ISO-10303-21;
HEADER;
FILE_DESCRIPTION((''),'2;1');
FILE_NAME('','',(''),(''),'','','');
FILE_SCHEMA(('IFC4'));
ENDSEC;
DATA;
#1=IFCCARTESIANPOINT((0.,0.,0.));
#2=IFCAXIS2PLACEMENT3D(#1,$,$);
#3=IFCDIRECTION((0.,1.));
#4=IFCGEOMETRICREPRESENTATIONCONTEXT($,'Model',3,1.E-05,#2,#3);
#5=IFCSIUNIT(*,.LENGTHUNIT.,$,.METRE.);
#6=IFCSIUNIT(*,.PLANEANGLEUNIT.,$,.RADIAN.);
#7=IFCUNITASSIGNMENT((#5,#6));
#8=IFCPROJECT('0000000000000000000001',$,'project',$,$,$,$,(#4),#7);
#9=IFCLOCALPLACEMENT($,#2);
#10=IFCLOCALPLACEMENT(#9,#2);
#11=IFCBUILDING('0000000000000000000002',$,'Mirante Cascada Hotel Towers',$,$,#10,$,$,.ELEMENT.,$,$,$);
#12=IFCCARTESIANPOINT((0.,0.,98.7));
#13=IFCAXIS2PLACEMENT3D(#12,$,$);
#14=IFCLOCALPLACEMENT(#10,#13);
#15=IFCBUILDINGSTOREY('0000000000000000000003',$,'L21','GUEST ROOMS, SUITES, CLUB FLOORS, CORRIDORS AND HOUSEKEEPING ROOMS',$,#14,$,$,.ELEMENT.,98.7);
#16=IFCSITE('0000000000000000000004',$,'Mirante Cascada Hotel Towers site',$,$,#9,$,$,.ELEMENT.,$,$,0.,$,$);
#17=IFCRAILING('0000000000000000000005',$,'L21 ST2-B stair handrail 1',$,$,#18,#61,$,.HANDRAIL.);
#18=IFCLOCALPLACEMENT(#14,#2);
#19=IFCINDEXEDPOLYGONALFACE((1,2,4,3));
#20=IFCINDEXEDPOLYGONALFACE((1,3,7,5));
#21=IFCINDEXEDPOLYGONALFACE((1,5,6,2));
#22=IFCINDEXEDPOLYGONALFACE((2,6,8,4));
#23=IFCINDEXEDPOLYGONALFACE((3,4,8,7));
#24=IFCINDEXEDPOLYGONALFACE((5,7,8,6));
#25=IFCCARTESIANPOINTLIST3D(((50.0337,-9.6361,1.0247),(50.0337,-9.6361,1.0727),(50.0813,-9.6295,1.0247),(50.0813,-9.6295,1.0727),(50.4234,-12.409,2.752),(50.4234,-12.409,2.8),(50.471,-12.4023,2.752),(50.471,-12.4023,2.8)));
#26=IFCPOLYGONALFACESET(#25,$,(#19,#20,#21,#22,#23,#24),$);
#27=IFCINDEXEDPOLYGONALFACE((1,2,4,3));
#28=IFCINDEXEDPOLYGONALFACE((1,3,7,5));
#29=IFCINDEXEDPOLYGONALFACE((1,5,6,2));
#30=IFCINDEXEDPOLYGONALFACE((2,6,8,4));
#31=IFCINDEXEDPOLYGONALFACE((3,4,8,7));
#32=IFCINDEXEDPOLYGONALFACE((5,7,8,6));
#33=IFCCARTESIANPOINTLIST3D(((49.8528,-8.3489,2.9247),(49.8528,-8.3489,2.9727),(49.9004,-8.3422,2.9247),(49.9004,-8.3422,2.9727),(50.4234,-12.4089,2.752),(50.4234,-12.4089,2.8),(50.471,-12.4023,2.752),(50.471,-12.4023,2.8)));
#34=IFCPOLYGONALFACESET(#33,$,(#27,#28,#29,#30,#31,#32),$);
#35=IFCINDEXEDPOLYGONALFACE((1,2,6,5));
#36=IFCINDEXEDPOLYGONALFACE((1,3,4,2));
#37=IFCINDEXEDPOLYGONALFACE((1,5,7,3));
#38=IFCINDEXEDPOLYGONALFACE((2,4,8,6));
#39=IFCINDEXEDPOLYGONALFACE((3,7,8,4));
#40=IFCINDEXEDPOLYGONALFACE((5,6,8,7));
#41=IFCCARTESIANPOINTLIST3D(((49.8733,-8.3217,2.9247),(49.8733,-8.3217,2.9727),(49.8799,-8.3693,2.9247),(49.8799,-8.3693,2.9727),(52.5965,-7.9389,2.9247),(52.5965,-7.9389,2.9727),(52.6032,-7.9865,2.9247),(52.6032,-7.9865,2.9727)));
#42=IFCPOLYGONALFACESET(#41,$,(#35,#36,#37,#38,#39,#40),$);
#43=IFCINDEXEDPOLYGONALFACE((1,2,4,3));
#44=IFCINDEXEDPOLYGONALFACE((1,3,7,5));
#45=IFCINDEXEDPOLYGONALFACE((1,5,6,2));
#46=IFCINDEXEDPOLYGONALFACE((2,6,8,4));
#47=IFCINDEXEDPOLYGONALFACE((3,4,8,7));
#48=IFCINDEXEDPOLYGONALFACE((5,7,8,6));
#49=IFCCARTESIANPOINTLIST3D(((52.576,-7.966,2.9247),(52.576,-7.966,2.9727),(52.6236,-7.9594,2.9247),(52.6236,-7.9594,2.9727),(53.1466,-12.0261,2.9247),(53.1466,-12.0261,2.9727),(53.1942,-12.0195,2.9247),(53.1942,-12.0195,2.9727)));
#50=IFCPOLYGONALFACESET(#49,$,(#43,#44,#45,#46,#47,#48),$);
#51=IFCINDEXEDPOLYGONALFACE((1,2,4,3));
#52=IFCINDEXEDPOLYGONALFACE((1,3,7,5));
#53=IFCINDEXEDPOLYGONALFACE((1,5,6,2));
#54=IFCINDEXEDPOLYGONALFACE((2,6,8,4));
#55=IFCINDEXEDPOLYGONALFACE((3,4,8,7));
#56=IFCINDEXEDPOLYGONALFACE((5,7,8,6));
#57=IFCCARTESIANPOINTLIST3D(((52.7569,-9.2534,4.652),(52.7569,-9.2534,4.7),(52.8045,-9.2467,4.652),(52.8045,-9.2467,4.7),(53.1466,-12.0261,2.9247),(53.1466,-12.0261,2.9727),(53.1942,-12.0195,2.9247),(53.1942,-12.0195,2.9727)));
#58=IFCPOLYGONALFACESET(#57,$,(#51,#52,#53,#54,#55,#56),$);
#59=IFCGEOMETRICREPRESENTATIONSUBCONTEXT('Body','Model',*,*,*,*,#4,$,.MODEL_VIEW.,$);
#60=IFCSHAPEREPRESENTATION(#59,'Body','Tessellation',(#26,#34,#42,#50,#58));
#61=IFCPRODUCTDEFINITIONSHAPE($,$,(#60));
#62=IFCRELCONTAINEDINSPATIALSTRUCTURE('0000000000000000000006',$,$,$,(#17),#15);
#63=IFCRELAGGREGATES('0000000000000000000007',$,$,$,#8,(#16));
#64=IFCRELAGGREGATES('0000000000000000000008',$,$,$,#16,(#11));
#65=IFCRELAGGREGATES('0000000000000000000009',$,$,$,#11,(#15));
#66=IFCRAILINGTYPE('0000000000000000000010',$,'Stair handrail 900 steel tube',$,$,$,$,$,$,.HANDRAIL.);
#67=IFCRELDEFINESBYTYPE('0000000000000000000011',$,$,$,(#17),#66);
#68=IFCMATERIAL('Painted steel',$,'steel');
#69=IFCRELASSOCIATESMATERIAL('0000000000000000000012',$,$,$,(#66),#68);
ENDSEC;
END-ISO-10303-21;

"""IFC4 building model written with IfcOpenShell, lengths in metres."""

from ifc_helpers import new_model, si_unit, direction, frame, origin, origin_2d, place, context, subcontext, project, spatial, rectangle, extrude, material, type_object, element, save


model = new_model("IFC4")

# Units and contexts
model_context = context("Model", 3, precision=1e-05, world=origin(), true_north=direction((0.0, 1.0)))
body_context = subcontext(model_context, "Body", "Model", "MODEL_VIEW")
ifc_project = project(units=[si_unit("LENGTHUNIT", "METRE"), si_unit("PLANEANGLEUNIT", "RADIAN")], contexts=[model_context])

# Site, building, storey
site_placement = place(None, origin())
site = spatial("IfcSite", under=ifc_project, at=site_placement, Name="Mirante Cascada Hotel Towers site", CompositionType="ELEMENT", RefElevation=0.0)
building_placement = place(site_placement, origin())
building = spatial("IfcBuilding", under=site, at=building_placement, Name="Mirante Cascada Hotel Towers", CompositionType="ELEMENT")
storey_placement = place(building_placement, frame((0.0, 0.0, 98.7)))
storey = spatial("IfcBuildingStorey", under=building, at=storey_placement, Name="L21", Description="GUEST ROOMS, SUITES, CLUB FLOORS, CORRIDORS AND HOUSEKEEPING ROOMS", CompositionType="ELEMENT", Elevation=98.7)

# Railing
ifc_material_1 = material(Name="Painted steel", Category="steel")
railing_type_1 = type_object("IfcRailingType", Name="Stair handrail 900 steel tube", PredefinedType="HANDRAIL", material=ifc_material_1)
railing_1_placement = place(storey_placement, frame((50.0575, -9.6328, 0.1727)))
element("IfcRailing", 1, at=railing_1_placement, inside=storey, type_object=railing_type_1, Name="L21 ST2-B stair handrail 1", PredefinedType="HANDRAIL", context=body_context, shape_type="SweptSolid", body=[
    extrude(rectangle(XDim=0.048, YDim=0.048, at=origin_2d()), frame((0.0, 0.0, 0.876), z_axis=(0.139176, -0.990268, 0.0), x_axis=(0.990268, 0.139176, 0.0)), (0.0, 0.525021, 0.851089), 3.29),
    extrude(rectangle(XDim=0.048, YDim=0.048, at=origin_2d()), frame((0.3897, -2.7728, 2.6033), z_axis=(-0.139171, 0.990268, 0.0), x_axis=(-0.990268, -0.139171, 0.0)), (0.0, 0.042085, 0.999114), 4.1036),
    extrude(rectangle(XDim=0.048, YDim=0.048, at=origin_2d()), frame((-0.1809, 1.2873, 2.776), z_axis=(0.990264, 0.139201, 0.0), x_axis=(-0.139201, 0.990264, 0.0)), (0.0, 0.0, 1.0), 2.75),
    extrude(rectangle(XDim=0.048, YDim=0.048, at=origin_2d()), frame((2.5423, 1.6701, 2.776), z_axis=(0.139171, -0.990268, 0.0), x_axis=(0.990268, 0.139171, 0.0)), (0.0, 0.0, 1.0), 4.1),
    extrude(rectangle(XDim=0.048, YDim=0.048, at=origin_2d()), frame((3.1129, -2.39, 2.776), z_axis=(-0.139181, 0.990267, 0.0), x_axis=(-0.990267, -0.139181, 0.0)), (0.0, 0.525035, 0.851081), 3.2899),
])

save(model, "model.ifc")
